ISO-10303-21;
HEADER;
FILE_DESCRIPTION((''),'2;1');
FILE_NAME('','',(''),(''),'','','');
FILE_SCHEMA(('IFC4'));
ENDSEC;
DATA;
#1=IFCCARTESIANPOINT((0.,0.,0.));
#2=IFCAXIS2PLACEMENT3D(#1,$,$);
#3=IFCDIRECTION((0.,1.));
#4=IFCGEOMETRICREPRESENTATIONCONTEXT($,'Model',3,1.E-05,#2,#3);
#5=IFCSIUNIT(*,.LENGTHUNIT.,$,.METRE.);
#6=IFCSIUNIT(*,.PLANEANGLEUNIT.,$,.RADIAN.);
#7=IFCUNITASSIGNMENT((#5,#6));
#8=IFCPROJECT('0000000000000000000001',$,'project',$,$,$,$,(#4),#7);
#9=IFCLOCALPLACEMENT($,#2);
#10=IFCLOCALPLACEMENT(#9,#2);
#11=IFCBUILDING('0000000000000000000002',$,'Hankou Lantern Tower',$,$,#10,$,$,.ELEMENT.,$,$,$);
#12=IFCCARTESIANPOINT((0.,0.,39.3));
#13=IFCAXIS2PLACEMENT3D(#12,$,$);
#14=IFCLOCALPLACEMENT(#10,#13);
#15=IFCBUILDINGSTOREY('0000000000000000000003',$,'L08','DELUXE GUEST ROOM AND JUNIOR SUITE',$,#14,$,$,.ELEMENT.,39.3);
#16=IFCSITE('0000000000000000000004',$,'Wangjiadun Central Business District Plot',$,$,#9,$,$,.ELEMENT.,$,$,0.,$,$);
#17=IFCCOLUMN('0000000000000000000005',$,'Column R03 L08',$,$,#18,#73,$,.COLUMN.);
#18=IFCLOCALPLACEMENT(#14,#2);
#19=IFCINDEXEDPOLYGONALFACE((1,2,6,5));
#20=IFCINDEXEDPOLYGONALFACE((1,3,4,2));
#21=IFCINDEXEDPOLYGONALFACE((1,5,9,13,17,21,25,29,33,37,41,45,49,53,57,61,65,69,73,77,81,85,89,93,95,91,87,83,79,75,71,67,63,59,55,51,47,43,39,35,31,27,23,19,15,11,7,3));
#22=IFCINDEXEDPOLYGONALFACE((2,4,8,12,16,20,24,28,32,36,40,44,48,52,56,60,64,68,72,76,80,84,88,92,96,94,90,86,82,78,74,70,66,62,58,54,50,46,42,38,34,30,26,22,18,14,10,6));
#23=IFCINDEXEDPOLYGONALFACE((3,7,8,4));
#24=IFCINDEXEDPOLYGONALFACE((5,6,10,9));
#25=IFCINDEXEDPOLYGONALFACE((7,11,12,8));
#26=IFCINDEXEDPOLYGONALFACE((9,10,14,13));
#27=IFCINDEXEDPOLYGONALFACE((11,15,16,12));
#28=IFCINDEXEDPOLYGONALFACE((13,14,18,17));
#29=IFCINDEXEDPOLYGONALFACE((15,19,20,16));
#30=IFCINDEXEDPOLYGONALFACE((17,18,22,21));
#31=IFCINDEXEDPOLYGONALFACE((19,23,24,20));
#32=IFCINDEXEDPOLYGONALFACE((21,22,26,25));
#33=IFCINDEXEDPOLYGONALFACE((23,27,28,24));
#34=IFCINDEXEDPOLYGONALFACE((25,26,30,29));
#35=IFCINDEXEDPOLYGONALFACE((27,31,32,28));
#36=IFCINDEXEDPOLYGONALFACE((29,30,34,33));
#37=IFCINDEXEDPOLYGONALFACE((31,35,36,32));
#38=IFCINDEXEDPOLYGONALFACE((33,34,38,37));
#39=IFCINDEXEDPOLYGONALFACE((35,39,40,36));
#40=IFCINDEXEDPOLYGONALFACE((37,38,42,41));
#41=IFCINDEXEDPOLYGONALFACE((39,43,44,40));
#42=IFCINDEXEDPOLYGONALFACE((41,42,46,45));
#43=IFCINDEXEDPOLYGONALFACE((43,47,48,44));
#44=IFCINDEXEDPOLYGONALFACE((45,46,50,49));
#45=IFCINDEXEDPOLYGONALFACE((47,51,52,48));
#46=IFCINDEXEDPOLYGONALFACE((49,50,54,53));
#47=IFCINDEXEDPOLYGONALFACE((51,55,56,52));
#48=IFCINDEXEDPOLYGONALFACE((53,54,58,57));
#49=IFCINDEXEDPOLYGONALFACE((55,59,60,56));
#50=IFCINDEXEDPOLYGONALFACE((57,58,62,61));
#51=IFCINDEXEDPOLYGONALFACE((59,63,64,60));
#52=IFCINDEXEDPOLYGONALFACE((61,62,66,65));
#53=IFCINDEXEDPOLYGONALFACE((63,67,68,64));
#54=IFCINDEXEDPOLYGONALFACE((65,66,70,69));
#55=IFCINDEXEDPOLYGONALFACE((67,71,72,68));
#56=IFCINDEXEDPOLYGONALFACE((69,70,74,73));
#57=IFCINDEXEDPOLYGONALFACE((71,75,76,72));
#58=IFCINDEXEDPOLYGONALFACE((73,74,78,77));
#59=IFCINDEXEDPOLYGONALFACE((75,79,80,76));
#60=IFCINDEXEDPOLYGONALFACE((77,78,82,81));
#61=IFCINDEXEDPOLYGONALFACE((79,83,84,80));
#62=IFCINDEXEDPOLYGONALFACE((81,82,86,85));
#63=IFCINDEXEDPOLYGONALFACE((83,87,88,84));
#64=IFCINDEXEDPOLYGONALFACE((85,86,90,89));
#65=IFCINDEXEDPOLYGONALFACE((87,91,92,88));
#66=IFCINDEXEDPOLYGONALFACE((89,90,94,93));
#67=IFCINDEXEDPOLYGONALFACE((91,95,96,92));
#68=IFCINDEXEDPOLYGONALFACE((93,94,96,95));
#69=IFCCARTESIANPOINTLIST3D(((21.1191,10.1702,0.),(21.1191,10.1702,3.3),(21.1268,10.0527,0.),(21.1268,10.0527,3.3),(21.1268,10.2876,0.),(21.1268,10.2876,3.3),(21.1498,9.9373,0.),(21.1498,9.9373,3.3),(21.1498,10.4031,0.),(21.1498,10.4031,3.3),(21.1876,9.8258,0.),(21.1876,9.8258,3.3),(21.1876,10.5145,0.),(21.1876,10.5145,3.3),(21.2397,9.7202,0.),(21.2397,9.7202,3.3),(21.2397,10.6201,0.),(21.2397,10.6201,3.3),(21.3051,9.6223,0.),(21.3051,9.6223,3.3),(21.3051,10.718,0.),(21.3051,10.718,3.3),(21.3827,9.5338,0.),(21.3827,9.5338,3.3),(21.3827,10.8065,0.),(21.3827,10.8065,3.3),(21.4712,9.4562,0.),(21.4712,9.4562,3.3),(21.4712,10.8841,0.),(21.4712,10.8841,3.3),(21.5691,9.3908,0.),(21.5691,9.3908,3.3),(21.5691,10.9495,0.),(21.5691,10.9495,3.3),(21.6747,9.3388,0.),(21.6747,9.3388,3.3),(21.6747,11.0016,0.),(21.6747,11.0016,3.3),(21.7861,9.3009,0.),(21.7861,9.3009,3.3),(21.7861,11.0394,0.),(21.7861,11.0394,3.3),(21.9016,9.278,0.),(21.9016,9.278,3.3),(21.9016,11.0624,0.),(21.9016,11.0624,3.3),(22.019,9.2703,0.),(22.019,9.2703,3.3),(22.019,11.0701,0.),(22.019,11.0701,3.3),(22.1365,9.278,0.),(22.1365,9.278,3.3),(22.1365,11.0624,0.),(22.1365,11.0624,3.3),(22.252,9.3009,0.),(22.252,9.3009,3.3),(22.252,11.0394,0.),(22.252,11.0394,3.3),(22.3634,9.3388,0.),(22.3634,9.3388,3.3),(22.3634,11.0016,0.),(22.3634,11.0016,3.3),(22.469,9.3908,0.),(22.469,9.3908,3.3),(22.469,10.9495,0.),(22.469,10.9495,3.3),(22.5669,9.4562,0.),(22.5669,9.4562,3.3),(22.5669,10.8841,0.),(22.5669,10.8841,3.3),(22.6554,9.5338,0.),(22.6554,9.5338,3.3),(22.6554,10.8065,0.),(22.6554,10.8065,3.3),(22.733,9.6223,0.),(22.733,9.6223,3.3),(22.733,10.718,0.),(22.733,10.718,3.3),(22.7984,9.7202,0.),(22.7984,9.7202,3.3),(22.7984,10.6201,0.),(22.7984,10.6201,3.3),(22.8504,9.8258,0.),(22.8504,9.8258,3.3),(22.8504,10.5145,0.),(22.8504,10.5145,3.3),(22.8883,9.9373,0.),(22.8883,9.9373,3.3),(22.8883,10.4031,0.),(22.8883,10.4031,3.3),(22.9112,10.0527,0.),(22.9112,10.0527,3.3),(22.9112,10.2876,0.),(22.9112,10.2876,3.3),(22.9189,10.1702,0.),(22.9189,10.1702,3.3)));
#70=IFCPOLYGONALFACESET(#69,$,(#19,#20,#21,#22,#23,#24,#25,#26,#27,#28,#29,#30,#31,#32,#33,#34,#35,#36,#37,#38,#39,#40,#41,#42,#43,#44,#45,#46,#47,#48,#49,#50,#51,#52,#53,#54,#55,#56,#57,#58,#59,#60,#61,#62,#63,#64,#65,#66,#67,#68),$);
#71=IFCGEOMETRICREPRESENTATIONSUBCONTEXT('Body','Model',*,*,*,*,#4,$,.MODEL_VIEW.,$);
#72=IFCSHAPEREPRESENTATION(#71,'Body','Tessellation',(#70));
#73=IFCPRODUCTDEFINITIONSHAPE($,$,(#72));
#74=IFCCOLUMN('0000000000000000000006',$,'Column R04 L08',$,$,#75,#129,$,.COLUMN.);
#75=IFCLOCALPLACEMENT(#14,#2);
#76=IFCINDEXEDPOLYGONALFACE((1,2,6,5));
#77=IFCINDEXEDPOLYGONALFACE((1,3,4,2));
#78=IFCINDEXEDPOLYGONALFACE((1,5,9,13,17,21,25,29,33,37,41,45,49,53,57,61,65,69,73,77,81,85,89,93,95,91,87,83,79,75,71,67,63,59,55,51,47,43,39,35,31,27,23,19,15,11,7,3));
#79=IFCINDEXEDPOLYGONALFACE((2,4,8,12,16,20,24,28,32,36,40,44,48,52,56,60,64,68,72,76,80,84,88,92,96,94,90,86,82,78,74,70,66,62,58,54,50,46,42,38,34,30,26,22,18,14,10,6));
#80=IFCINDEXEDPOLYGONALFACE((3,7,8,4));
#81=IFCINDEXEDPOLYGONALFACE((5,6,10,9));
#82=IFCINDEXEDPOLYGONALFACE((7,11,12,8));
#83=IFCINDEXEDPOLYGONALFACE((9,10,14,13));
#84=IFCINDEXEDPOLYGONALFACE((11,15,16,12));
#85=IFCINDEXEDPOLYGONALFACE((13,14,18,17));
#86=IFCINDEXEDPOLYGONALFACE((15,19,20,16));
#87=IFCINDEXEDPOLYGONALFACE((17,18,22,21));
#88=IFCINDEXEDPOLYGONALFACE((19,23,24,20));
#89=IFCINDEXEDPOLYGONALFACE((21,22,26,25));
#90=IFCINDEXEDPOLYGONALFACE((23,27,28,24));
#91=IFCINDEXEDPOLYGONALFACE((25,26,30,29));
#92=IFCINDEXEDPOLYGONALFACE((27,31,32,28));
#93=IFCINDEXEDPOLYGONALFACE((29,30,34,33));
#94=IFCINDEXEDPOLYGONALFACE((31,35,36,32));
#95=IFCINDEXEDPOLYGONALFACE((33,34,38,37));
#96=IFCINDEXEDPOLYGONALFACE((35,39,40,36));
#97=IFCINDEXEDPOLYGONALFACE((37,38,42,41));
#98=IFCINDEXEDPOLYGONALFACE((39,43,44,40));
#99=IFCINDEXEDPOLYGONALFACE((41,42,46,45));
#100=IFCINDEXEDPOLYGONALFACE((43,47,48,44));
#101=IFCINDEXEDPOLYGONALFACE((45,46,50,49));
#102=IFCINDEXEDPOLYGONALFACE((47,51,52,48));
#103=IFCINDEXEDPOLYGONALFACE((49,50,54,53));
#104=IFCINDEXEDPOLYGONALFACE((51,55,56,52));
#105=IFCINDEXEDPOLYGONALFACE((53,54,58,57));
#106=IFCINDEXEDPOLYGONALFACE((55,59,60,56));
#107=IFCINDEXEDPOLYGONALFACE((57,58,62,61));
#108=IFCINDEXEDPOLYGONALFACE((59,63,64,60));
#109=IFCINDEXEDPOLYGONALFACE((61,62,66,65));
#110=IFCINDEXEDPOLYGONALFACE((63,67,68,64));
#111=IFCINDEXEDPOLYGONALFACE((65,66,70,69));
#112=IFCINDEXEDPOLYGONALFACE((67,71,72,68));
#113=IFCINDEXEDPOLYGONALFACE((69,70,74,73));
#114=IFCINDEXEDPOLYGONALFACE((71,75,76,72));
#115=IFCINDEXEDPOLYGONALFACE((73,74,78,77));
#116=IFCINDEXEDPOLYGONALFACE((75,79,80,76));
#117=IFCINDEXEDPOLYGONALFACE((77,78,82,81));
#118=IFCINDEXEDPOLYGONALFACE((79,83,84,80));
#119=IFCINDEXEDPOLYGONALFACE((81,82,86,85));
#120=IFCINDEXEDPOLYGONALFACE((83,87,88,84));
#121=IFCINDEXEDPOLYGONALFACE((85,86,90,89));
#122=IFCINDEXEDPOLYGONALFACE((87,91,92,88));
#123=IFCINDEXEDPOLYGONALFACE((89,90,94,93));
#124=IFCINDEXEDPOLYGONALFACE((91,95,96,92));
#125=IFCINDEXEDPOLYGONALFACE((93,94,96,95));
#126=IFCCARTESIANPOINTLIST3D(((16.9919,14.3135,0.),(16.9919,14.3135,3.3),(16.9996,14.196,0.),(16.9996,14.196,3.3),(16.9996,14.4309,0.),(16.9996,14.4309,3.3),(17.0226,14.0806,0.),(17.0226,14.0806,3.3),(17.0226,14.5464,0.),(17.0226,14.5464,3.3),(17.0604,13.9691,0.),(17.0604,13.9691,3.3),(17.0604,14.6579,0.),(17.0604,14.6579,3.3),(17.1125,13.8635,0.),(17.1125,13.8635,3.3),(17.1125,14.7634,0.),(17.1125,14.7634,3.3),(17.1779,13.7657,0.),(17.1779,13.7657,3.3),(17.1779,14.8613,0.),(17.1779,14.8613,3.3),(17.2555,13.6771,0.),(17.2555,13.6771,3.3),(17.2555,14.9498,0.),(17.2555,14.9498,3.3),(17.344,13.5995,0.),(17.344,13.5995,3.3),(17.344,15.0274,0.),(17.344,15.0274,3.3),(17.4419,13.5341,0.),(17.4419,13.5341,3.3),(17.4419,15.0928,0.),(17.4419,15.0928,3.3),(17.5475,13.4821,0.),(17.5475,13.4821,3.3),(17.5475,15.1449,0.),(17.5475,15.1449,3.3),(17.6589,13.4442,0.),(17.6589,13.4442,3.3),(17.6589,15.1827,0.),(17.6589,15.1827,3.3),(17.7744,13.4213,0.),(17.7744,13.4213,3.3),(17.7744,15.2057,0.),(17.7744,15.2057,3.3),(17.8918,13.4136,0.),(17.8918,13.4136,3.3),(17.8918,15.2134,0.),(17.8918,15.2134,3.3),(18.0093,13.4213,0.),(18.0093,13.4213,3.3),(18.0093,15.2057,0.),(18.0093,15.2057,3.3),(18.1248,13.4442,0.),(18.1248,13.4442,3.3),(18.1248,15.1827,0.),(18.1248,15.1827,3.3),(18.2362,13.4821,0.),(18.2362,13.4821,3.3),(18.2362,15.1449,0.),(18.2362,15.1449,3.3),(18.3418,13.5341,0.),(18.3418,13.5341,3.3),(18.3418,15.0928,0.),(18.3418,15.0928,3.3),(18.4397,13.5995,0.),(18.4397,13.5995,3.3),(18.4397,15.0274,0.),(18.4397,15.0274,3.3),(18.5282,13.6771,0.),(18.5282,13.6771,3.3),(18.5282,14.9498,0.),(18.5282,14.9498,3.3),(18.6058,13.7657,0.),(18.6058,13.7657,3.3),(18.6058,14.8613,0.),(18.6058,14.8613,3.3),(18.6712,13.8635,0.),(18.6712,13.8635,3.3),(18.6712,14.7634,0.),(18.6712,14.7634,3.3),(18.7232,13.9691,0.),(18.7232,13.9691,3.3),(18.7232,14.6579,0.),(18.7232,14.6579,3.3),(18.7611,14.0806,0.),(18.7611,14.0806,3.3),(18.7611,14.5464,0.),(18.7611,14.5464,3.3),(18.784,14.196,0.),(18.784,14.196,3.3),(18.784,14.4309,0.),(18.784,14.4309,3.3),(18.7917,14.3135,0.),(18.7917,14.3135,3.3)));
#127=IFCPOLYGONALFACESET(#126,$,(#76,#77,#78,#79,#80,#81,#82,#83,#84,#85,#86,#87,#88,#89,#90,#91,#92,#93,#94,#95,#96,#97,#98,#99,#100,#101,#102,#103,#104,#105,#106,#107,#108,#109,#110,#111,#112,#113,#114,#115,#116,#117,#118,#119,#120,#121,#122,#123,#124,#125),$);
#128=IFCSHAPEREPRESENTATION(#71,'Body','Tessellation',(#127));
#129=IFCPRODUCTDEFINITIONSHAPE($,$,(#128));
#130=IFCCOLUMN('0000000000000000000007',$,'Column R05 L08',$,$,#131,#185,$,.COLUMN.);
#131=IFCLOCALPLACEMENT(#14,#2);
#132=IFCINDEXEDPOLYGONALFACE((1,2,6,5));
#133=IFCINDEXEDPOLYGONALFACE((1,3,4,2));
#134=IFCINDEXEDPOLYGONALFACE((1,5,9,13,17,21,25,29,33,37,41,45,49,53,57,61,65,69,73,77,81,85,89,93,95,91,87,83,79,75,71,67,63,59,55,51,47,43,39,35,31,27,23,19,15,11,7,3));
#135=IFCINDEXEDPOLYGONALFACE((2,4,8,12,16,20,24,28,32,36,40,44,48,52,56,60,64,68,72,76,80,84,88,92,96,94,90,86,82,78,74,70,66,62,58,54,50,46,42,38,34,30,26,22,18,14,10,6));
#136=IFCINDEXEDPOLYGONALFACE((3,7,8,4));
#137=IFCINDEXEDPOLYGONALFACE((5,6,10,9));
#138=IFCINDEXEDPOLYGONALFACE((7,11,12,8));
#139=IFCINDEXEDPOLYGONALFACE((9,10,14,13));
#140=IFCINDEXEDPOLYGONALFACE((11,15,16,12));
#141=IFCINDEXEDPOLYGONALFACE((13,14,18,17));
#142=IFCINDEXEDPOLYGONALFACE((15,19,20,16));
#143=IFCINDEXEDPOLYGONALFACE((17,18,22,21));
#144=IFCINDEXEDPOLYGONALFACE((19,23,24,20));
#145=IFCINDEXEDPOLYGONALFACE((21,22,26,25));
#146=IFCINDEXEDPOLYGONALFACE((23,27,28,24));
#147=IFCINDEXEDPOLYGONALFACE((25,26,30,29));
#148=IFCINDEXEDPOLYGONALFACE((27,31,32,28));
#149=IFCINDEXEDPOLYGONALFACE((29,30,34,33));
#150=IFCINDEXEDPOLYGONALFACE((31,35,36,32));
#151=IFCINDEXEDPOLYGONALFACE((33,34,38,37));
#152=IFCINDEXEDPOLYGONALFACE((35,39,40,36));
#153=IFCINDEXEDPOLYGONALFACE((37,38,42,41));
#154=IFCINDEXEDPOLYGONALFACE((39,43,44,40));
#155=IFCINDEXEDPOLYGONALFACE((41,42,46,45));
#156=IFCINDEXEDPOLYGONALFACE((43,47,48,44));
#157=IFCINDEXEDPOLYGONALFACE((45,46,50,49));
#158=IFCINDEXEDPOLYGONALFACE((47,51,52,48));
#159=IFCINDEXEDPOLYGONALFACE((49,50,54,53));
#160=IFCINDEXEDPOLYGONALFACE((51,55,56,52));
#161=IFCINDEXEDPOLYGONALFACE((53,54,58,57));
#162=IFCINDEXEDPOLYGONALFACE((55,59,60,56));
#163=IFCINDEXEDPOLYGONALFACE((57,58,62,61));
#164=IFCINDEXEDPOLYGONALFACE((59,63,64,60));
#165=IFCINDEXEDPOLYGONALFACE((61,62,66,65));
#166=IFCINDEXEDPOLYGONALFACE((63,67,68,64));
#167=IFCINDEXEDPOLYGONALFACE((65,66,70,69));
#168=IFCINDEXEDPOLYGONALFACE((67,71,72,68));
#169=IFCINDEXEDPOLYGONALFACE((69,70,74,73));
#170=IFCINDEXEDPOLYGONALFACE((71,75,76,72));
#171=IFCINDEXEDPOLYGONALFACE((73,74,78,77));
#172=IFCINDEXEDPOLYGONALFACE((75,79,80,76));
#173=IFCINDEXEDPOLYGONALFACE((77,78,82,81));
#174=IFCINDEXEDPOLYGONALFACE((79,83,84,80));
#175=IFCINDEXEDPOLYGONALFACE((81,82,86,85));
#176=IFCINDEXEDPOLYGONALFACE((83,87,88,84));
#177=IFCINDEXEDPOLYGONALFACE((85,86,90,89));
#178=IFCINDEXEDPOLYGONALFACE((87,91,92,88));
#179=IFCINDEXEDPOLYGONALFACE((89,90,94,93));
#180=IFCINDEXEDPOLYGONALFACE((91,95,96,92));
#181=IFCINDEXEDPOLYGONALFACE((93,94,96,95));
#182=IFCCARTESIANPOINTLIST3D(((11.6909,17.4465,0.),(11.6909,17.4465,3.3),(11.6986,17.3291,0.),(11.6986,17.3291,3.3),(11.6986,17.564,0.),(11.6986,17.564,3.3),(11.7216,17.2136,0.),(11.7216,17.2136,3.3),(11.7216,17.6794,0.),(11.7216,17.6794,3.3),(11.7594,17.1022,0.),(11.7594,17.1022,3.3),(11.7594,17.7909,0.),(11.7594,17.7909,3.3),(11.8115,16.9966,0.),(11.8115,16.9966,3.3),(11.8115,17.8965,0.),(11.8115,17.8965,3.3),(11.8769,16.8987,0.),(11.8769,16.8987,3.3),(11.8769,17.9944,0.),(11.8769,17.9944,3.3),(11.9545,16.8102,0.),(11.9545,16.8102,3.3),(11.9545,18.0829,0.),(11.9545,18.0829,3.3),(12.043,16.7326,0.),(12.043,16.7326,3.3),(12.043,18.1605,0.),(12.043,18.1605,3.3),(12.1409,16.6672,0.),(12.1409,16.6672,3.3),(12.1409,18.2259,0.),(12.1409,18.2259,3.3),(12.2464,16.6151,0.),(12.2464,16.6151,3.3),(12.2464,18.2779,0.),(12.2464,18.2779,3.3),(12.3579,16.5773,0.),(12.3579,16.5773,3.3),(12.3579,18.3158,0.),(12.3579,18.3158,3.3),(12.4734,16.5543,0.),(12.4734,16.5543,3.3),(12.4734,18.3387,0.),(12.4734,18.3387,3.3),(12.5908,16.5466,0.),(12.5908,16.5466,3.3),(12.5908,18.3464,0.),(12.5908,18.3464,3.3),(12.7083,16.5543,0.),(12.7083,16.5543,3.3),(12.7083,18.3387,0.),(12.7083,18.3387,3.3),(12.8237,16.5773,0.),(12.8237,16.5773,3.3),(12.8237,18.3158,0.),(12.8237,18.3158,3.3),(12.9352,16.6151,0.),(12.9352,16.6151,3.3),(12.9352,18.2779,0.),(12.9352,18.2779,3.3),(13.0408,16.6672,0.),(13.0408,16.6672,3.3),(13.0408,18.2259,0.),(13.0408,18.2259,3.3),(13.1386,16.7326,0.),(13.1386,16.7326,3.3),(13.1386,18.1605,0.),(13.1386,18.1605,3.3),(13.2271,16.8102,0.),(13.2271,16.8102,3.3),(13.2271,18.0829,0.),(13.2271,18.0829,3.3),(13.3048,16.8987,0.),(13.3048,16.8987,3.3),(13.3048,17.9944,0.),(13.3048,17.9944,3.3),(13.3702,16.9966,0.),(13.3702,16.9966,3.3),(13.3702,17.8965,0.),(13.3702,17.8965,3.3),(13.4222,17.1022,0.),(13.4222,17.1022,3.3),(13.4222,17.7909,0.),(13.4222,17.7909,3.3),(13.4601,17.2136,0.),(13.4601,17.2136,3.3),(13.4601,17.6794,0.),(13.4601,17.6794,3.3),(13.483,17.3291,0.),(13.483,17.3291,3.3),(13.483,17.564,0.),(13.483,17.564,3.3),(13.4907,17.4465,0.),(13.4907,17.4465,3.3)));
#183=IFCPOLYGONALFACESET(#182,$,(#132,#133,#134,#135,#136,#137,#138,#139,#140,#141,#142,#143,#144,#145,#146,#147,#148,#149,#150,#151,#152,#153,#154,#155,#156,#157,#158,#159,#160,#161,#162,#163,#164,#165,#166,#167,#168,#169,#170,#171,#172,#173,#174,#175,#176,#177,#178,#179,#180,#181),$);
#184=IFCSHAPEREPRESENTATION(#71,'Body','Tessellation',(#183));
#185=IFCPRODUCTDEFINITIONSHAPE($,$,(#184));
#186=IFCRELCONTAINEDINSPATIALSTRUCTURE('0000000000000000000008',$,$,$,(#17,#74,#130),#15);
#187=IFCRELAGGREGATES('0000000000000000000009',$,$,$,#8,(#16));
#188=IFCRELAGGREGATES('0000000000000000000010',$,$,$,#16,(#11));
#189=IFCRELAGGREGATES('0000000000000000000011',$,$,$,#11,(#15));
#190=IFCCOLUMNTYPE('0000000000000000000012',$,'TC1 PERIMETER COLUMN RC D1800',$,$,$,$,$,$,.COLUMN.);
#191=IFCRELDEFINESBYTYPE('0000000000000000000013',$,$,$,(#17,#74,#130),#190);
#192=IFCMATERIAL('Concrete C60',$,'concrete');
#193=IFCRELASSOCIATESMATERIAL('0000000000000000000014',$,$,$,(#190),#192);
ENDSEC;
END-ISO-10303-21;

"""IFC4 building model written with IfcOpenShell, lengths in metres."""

from ifc_helpers import new_model, si_unit, direction, frame, origin, origin_2d, place, context, subcontext, project, spatial, circle, extrude, material, material_profile, profile_set, type_object, element, save


model = new_model("IFC4")

# Units and contexts
model_context = context("Model", 3, precision=1e-05, world=origin(), true_north=direction((0.0, 1.0)))
body_context = subcontext(model_context, "Body", "Model", "MODEL_VIEW")
ifc_project = project(units=[si_unit("LENGTHUNIT", "METRE"), si_unit("PLANEANGLEUNIT", "RADIAN")], contexts=[model_context])

# Site, building, storey
site_placement = place(None, origin())
site = spatial("IfcSite", under=ifc_project, at=site_placement, Name="Wangjiadun Central Business District Plot", CompositionType="ELEMENT", RefElevation=0.0)
building_placement = place(site_placement, origin())
building = spatial("IfcBuilding", under=site, at=building_placement, Name="Hankou Lantern Tower", CompositionType="ELEMENT")
storey_placement = place(building_placement, frame((0.0, 0.0, 39.3)))
storey = spatial("IfcBuildingStorey", under=building, at=storey_placement, Name="L08", Description="DELUXE GUEST ROOM AND JUNIOR SUITE", CompositionType="ELEMENT", Elevation=39.3)

# Columns
ifc_material_1 = material(Name="Concrete C60", Category="concrete")
ifc_material_profile_1 = material_profile(ifc_material_1, circle(Radius=0.8999, at=origin_2d()), Name="RC D1800")
ifc_profile_set_1 = profile_set([ifc_material_profile_1], Name="Concrete C60")
column_type = type_object("IfcColumnType", Name="TC1 PERIMETER COLUMN RC D1800", PredefinedType="COLUMN", material=ifc_profile_set_1)
for number, where, z_axis, x_axis, name in (
    (1, (22.019, 10.1702, 0.0), (0.0, 0.0, 1.0), (1.0, 0.0, 0.0), "Column R03 L08"),
    (2, (17.8918, 14.3135, 0.0), (0.0, 0.0, 1.0), (1.0, 0.0, 0.0), "Column R04 L08"),
    (3, (12.5908, 17.4465, 0.0), (0.0, 0.0, 1.0), (1.0, 0.0, 0.0), "Column R05 L08"),
):
    element("IfcColumn", number, at=place(storey_placement, frame(where, z_axis=z_axis, x_axis=x_axis)), inside=storey, type_object=column_type, Name=name, PredefinedType="COLUMN", context=body_context, shape_type="SweptSolid", body=[
        extrude(circle(Radius=0.8999, at=origin_2d()), origin(), (0.0, 0.0, 1.0), 3.3),
    ])

save(model, "model.ifc")
